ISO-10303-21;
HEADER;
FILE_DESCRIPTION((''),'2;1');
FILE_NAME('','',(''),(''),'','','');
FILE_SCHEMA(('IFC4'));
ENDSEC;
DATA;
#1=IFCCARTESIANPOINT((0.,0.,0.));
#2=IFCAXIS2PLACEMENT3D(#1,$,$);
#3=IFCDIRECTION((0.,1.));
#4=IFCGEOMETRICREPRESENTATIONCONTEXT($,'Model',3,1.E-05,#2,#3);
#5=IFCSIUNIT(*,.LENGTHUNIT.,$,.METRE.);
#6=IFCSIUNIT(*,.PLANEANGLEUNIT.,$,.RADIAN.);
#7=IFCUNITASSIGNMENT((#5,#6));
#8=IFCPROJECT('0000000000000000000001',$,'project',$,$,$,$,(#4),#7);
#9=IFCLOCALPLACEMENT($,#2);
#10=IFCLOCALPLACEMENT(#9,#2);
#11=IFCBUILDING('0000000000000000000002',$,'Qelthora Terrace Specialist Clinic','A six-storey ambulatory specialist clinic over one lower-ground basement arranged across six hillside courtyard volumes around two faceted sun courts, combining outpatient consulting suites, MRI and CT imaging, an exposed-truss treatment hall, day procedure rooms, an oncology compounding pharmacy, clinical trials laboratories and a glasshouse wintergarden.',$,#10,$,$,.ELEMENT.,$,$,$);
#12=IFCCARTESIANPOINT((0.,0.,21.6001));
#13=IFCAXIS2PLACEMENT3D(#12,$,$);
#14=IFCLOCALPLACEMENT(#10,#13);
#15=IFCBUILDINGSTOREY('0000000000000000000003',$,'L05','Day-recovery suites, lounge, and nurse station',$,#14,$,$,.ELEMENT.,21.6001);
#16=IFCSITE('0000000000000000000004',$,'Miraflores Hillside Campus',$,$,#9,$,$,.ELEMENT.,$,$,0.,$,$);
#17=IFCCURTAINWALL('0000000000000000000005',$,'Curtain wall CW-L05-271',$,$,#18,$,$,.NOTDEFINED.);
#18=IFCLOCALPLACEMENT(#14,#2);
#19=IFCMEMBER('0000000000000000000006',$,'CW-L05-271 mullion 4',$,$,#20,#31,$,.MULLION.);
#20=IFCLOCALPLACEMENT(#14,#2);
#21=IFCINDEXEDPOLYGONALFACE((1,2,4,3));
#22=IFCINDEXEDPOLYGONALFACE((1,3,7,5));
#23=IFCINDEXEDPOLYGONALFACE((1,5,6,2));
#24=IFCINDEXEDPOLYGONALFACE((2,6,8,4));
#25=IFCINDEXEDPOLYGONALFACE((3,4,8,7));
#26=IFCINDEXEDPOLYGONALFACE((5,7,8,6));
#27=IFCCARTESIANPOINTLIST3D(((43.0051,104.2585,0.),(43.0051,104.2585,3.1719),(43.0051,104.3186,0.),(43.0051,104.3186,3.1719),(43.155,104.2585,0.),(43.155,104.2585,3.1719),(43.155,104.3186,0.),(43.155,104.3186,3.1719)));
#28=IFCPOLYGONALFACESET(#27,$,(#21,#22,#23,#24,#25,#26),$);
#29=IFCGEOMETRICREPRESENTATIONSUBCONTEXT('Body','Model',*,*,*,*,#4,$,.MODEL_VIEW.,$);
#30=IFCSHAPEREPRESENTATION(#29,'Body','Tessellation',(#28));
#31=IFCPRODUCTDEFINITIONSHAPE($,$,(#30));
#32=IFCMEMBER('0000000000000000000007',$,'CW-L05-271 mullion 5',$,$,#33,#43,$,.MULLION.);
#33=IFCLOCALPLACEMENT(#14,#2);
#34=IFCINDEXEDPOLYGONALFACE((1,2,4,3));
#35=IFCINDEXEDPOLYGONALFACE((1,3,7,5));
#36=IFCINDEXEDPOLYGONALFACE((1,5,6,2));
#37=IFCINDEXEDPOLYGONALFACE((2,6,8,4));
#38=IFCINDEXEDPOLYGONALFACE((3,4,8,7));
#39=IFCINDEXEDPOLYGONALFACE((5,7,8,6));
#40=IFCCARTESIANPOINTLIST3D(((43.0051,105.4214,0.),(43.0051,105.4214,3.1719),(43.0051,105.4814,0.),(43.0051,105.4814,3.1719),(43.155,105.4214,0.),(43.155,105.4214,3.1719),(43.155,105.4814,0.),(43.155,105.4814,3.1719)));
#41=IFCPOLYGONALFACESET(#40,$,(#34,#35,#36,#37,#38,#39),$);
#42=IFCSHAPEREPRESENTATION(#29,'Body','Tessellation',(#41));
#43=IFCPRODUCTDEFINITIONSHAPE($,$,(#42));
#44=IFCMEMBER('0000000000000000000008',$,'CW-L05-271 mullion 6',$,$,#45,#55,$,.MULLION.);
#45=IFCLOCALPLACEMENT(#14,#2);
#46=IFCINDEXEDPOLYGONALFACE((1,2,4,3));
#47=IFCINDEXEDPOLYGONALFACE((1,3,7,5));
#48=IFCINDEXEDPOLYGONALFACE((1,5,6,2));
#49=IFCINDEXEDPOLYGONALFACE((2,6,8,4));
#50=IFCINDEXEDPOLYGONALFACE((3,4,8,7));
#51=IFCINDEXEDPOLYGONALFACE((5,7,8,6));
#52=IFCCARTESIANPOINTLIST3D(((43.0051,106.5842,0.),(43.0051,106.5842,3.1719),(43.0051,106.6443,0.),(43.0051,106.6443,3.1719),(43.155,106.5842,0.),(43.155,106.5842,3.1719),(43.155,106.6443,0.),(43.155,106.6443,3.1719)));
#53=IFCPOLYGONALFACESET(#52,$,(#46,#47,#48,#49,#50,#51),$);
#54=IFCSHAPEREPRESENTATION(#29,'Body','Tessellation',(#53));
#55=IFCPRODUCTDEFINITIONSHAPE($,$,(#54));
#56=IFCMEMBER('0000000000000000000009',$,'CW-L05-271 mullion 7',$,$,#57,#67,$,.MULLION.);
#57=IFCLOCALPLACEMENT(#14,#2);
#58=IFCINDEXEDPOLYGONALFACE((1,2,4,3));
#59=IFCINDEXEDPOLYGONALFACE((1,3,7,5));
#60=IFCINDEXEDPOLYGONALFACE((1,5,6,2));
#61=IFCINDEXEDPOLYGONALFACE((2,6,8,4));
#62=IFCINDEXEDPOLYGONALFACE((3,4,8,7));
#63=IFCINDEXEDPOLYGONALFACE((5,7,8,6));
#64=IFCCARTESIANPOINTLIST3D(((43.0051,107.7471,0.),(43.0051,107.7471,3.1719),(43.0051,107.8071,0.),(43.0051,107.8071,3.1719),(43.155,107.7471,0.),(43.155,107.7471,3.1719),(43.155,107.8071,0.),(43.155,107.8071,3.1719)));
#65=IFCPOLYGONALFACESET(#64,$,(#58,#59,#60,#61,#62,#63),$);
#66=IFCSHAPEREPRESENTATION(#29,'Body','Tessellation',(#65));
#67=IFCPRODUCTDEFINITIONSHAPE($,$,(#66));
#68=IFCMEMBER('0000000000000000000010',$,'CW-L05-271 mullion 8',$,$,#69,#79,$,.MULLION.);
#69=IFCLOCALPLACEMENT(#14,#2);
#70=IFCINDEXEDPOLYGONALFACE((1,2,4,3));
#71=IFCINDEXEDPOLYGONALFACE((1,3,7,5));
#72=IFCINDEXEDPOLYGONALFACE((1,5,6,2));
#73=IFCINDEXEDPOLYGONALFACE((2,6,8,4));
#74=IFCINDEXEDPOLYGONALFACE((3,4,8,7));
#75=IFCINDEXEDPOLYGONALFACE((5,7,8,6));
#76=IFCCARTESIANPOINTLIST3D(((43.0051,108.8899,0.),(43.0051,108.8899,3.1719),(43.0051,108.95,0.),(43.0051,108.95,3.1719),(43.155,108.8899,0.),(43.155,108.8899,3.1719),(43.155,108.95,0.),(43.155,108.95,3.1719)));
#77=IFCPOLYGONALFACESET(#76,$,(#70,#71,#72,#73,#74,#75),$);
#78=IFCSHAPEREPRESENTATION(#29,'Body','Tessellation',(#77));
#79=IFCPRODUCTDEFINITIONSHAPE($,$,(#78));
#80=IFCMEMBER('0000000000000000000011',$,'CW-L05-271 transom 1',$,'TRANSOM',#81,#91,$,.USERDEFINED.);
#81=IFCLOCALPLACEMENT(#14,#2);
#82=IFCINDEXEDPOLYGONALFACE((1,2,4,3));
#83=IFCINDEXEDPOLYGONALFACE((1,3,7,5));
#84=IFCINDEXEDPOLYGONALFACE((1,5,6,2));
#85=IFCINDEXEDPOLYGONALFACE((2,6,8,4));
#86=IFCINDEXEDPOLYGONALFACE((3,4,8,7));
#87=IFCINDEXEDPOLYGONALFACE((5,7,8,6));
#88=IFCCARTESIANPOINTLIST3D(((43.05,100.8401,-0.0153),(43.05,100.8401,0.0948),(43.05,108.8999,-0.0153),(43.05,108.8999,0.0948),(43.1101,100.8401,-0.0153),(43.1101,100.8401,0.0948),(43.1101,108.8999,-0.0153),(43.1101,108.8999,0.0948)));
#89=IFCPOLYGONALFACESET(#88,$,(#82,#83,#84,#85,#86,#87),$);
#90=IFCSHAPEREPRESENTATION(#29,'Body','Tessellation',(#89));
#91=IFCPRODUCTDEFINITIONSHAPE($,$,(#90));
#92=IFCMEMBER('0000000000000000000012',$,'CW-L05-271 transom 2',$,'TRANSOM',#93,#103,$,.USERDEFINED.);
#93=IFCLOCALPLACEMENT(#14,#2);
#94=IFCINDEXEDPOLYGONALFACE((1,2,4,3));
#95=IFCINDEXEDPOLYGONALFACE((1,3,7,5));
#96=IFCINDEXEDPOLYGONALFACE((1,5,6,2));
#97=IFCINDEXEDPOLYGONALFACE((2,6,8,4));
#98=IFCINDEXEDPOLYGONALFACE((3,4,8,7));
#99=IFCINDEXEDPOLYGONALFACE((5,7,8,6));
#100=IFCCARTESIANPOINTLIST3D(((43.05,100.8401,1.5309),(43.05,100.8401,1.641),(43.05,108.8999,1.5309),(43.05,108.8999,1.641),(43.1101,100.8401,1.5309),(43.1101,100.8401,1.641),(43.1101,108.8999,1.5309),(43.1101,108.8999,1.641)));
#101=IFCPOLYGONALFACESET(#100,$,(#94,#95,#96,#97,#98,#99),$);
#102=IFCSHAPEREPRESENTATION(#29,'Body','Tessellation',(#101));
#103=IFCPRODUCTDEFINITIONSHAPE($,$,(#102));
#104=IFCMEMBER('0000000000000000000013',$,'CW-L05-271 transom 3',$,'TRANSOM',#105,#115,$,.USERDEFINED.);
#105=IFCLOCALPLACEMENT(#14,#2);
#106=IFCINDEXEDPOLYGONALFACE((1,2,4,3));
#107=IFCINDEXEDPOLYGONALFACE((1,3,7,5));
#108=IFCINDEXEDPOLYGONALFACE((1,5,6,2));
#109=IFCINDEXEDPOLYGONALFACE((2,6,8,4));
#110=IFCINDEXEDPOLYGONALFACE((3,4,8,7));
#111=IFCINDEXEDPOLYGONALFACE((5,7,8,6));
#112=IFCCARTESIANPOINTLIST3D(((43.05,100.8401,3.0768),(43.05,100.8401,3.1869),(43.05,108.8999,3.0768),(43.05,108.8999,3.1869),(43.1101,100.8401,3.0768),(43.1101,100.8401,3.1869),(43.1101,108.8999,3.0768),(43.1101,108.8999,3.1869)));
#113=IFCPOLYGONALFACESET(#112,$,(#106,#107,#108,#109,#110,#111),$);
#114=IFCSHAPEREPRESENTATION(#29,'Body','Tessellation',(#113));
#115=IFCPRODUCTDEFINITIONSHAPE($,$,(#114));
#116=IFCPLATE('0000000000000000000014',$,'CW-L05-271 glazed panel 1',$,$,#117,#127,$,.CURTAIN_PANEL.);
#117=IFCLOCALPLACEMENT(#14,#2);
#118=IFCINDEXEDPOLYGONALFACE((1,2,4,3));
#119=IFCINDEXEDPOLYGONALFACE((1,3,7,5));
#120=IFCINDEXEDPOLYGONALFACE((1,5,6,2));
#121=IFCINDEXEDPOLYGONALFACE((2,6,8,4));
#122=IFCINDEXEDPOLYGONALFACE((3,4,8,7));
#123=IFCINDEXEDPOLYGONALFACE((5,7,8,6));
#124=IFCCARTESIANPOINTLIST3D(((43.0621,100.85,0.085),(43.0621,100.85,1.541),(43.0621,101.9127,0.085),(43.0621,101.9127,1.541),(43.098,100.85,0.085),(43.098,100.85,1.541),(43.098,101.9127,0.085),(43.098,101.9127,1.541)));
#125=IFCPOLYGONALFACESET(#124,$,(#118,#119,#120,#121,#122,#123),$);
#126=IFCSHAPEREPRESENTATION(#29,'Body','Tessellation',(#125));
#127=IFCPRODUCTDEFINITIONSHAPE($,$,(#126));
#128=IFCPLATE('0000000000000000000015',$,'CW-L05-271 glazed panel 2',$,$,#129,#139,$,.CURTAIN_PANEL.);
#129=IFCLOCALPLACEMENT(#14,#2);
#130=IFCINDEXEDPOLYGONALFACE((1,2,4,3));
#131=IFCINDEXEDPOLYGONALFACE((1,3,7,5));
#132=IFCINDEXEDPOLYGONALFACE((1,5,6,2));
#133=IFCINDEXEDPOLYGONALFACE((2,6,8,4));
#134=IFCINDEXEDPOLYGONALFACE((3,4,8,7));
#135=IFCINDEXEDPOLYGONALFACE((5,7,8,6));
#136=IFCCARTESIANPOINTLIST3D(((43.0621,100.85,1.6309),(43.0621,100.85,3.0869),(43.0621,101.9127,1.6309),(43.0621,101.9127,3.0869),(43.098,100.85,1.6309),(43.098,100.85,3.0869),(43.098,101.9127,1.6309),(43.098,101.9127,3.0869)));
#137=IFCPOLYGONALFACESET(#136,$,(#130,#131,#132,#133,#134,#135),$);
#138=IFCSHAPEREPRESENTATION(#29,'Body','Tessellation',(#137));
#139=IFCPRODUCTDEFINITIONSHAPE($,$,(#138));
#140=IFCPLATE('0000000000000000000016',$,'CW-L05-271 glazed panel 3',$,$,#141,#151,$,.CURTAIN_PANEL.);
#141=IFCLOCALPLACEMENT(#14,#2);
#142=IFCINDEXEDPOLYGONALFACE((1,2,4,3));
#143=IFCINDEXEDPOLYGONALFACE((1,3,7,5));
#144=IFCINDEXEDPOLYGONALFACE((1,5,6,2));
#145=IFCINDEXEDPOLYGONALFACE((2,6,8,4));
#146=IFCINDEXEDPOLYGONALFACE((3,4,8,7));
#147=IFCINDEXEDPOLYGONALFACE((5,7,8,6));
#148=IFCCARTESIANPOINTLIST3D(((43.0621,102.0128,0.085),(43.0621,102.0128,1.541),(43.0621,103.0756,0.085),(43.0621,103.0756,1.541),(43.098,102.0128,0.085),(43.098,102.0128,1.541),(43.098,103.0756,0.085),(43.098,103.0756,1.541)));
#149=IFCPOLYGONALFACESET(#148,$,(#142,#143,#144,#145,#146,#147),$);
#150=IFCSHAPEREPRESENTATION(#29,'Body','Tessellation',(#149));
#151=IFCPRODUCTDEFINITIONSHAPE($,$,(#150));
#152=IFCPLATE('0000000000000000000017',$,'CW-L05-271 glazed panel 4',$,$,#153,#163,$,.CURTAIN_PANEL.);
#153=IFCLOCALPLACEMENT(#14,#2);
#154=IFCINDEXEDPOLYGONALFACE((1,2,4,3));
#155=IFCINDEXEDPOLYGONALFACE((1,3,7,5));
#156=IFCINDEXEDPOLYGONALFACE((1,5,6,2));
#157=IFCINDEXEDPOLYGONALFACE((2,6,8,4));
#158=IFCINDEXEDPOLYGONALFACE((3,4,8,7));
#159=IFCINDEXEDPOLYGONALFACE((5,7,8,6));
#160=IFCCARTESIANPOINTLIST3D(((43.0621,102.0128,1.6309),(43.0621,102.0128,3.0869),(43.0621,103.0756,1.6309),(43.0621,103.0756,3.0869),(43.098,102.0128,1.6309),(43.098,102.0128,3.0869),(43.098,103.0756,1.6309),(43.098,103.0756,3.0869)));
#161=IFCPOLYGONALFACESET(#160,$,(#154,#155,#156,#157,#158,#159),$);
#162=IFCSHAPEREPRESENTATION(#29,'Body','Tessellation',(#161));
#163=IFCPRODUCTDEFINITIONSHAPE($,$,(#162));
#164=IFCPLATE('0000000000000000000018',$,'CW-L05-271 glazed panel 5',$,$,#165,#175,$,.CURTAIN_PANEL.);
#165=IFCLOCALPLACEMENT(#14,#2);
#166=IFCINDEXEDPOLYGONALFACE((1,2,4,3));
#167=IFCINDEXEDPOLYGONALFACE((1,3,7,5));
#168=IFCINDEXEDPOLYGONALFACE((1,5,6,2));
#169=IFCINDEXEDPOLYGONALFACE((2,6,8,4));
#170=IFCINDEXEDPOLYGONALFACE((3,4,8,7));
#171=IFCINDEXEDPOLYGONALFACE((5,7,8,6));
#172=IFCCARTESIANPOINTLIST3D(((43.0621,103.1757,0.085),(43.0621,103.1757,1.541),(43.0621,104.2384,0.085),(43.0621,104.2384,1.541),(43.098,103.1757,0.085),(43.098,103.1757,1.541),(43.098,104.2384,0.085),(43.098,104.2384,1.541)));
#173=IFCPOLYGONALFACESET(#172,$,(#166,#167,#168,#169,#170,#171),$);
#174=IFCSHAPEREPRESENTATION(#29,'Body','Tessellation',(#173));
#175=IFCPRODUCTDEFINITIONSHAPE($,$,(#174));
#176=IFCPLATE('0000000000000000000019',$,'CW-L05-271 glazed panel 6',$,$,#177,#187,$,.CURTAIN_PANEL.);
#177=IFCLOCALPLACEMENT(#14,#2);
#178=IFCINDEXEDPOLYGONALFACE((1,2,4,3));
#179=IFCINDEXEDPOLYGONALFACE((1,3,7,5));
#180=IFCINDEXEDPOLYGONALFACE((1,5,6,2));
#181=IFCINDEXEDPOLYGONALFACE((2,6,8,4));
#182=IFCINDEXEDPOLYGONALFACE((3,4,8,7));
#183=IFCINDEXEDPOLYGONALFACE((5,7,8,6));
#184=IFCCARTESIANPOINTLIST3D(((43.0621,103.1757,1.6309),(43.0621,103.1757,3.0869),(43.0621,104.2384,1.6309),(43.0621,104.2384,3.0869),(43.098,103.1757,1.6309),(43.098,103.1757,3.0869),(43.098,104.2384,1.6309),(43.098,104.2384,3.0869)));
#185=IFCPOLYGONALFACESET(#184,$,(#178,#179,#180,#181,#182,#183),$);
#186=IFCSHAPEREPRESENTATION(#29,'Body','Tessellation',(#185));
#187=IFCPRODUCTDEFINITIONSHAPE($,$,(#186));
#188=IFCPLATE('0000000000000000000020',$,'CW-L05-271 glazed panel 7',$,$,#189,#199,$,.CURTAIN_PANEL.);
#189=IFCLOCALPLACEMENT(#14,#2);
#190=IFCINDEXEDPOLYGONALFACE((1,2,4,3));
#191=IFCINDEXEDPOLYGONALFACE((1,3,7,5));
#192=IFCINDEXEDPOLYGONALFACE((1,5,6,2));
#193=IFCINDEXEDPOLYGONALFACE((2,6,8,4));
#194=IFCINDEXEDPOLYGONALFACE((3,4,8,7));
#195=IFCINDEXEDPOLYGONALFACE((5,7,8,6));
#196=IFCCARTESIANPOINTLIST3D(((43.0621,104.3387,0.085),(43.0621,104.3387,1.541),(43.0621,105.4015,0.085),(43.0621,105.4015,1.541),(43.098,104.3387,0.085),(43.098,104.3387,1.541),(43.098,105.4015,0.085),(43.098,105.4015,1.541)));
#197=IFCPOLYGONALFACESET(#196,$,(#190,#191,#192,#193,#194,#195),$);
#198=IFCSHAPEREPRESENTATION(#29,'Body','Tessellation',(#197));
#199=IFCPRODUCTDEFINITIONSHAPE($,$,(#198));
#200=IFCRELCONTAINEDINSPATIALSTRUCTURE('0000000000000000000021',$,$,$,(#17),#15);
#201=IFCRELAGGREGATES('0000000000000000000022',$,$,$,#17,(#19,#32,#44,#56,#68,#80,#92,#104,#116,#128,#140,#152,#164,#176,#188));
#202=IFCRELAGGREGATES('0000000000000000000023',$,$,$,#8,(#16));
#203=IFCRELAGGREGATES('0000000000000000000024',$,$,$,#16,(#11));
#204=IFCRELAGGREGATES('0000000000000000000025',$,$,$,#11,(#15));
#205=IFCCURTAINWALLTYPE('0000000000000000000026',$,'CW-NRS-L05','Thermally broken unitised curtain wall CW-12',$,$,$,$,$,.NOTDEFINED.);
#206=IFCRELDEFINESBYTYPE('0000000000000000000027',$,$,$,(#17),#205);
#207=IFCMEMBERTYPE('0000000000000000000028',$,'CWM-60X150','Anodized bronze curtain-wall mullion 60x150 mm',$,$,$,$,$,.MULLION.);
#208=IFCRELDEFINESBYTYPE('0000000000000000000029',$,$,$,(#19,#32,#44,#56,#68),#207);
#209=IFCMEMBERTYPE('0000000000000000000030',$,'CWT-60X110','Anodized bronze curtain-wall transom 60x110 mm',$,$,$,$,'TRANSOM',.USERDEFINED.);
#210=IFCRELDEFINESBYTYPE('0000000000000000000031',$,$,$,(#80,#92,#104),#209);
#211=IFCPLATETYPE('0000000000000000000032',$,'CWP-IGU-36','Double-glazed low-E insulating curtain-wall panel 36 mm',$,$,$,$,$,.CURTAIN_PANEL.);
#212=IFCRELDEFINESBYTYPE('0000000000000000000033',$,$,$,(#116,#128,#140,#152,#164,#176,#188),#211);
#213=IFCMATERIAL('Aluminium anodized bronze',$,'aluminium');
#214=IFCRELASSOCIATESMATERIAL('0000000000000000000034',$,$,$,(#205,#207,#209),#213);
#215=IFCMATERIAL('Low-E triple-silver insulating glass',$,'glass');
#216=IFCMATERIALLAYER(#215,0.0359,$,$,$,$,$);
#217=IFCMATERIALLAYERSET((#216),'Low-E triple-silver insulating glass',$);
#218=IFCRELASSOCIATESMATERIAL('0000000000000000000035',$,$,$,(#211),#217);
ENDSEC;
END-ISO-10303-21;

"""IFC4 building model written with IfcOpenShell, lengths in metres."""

from ifc_helpers import new_model, si_unit, direction, frame, origin, origin_2d, place, context, subcontext, project, spatial, rectangle, extrude, material, layer, layer_set, material_profile, profile_set, type_object, element, aggregate, save


model = new_model("IFC4")

# Units and contexts
model_context = context("Model", 3, precision=1e-05, world=origin(), true_north=direction((0.0, 1.0)))
body_context = subcontext(model_context, "Body", "Model", "MODEL_VIEW")
ifc_project = project(units=[si_unit("LENGTHUNIT", "METRE"), si_unit("PLANEANGLEUNIT", "RADIAN")], contexts=[model_context])

# Site, building, storey
site_placement = place(None, origin())
site = spatial("IfcSite", under=ifc_project, at=site_placement, Name="Miraflores Hillside Campus", CompositionType="ELEMENT", RefElevation=0.0)
building_placement = place(site_placement, origin())
building = spatial("IfcBuilding", under=site, at=building_placement, Name="Qelthora Terrace Specialist Clinic", Description="A six-storey ambulatory specialist clinic over one lower-ground basement arranged across six hillside courtyard volumes around two faceted sun courts, combining outpatient consulting suites, MRI and CT imaging, an exposed-truss treatment hall, day procedure rooms, an oncology compounding pharmacy, clinical trials laboratories and a glasshouse wintergarden.", CompositionType="ELEMENT")
storey_placement = place(building_placement, frame((0.0, 0.0, 21.6001)))
storey = spatial("IfcBuildingStorey", under=building, at=storey_placement, Name="L05", Description="Day-recovery suites, lounge, and nurse station", CompositionType="ELEMENT", Elevation=21.6001)

# Curtain wall, members, plates
ifc_material_1 = material(Name="Aluminium anodized bronze", Category="aluminium")
curtain_wall_type = type_object("IfcCurtainWallType", Name="CW-NRS-L05", Description="Thermally broken unitised curtain wall CW-12", PredefinedType="NOTDEFINED", material=ifc_material_1)
curtain_wall_placement = place(storey_placement, origin())
curtain_wall = element("IfcCurtainWall", 1, at=curtain_wall_placement, inside=storey, type_object=curtain_wall_type, Name="Curtain wall CW-L05-271", PredefinedType="NOTDEFINED")
ifc_material_profile_1 = material_profile(ifc_material_1, rectangle(XDim=0.0601, YDim=0.1499, at=origin_2d()), Name="CWM60X150")
ifc_profile_set_1 = profile_set([ifc_material_profile_1], Name="Aluminium anodized bronze")
member_type_1 = type_object("IfcMemberType", Name="CWM-60X150", Description="Anodized bronze curtain-wall mullion 60x150 mm", PredefinedType="MULLION", material=ifc_profile_set_1)
member_1_placement = place(storey_placement, frame((43.0801, 104.2886, 0.0), z_axis=(0.0, 0.0, 1.0), x_axis=(0.0, 1.0, 0.0)))
member_1 = element("IfcMember", 2, at=member_1_placement, type_object=member_type_1, Name="CW-L05-271 mullion 4", PredefinedType="MULLION", context=body_context, shape_type="SweptSolid", body=[
    extrude(rectangle(XDim=0.0601, YDim=0.1499, at=origin_2d()), origin(), (0.0, 0.0, 1.0), 3.1719),
])
member_2_placement = place(storey_placement, frame((43.0801, 105.4514, 0.0), z_axis=(0.0, 0.0, 1.0), x_axis=(0.0, 1.0, 0.0)))
member_2 = element("IfcMember", 3, at=member_2_placement, type_object=member_type_1, Name="CW-L05-271 mullion 5", PredefinedType="MULLION", context=body_context, shape_type="SweptSolid", body=[
    extrude(rectangle(XDim=0.0601, YDim=0.1499, at=origin_2d()), origin(), (0.0, 0.0, 1.0), 3.1719),
])
member_3_placement = place(storey_placement, frame((43.0801, 106.6143, 0.0), z_axis=(0.0, 0.0, 1.0), x_axis=(0.0, 1.0, 0.0)))
member_3 = element("IfcMember", 4, at=member_3_placement, type_object=member_type_1, Name="CW-L05-271 mullion 6", PredefinedType="MULLION", context=body_context, shape_type="SweptSolid", body=[
    extrude(rectangle(XDim=0.0601, YDim=0.1499, at=origin_2d()), origin(), (0.0, 0.0, 1.0), 3.1719),
])
member_4_placement = place(storey_placement, frame((43.0801, 107.7771, 0.0), z_axis=(0.0, 0.0, 1.0), x_axis=(0.0, 1.0, 0.0)))
member_4 = element("IfcMember", 5, at=member_4_placement, type_object=member_type_1, Name="CW-L05-271 mullion 7", PredefinedType="MULLION", context=body_context, shape_type="SweptSolid", body=[
    extrude(rectangle(XDim=0.0601, YDim=0.1499, at=origin_2d()), origin(), (0.0, 0.0, 1.0), 3.1719),
])
member_5_placement = place(storey_placement, frame((43.0801, 108.9199, 0.0), z_axis=(0.0, 0.0, 1.0), x_axis=(0.0, 1.0, 0.0)))
member_5 = element("IfcMember", 6, at=member_5_placement, type_object=member_type_1, Name="CW-L05-271 mullion 8", PredefinedType="MULLION", context=body_context, shape_type="SweptSolid", body=[
    extrude(rectangle(XDim=0.0601, YDim=0.1499, at=origin_2d()), origin(), (0.0, 0.0, 1.0), 3.1719),
])
ifc_material_profile_2 = material_profile(ifc_material_1, rectangle(XDim=0.0601, YDim=0.1101, at=origin_2d()), Name="CWT60X110")
ifc_profile_set_2 = profile_set([ifc_material_profile_2], Name="Aluminium anodized bronze")
member_type_2 = type_object("IfcMemberType", Name="CWT-60X110", Description="Anodized bronze curtain-wall transom 60x110 mm", ElementType="TRANSOM", PredefinedType="USERDEFINED", material=ifc_profile_set_2)
member_6_placement = place(storey_placement, frame((43.0801, 100.8401, 0.0398), z_axis=(0.0, 1.0, 0.0), x_axis=(-1.0, 0.0, 0.0)))
member_6 = element("IfcMember", 7, at=member_6_placement, type_object=member_type_2, Name="CW-L05-271 transom 1", ObjectType="TRANSOM", PredefinedType="USERDEFINED", context=body_context, shape_type="SweptSolid", body=[
    extrude(rectangle(XDim=0.0601, YDim=0.1101, at=origin_2d()), origin(), (0.0, 0.0, 1.0), 8.0598),
])
member_7_placement = place(storey_placement, frame((43.0801, 100.8401, 1.5859), z_axis=(0.0, 1.0, 0.0), x_axis=(-1.0, 0.0, 0.0)))
member_7 = element("IfcMember", 8, at=member_7_placement, type_object=member_type_2, Name="CW-L05-271 transom 2", ObjectType="TRANSOM", PredefinedType="USERDEFINED", context=body_context, shape_type="SweptSolid", body=[
    extrude(rectangle(XDim=0.0601, YDim=0.1101, at=origin_2d()), origin(), (0.0, 0.0, 1.0), 8.0598),
])
member_8_placement = place(storey_placement, frame((43.0801, 100.8401, 3.1318), z_axis=(0.0, 1.0, 0.0), x_axis=(-1.0, 0.0, 0.0)))
member_8 = element("IfcMember", 9, at=member_8_placement, type_object=member_type_2, Name="CW-L05-271 transom 3", ObjectType="TRANSOM", PredefinedType="USERDEFINED", context=body_context, shape_type="SweptSolid", body=[
    extrude(rectangle(XDim=0.0601, YDim=0.1101, at=origin_2d()), origin(), (0.0, 0.0, 1.0), 8.0598),
])
ifc_material_2 = material(Name="Low-E triple-silver insulating glass", Category="glass")
ifc_layer = layer(ifc_material_2, 0.0359)
ifc_layer_set = layer_set([ifc_layer], Name="Low-E triple-silver insulating glass")
plate_type = type_object("IfcPlateType", Name="CWP-IGU-36", Description="Double-glazed low-E insulating curtain-wall panel 36 mm", PredefinedType="CURTAIN_PANEL", material=ifc_layer_set)
plate_1_placement = place(storey_placement, frame((43.0801, 101.3813, 0.085), z_axis=(0.0, 0.0, 1.0), x_axis=(0.0, 1.0, 0.0)))
plate_1 = element("IfcPlate", 10, at=plate_1_placement, type_object=plate_type, Name="CW-L05-271 glazed panel 1", PredefinedType="CURTAIN_PANEL", context=body_context, shape_type="SweptSolid", body=[
    extrude(rectangle(XDim=1.0627, YDim=0.0359, at=origin_2d()), origin(), (0.0, 0.0, 1.0), 1.4561),
])
plate_2_placement = place(storey_placement, frame((43.0801, 101.3813, 1.6309), z_axis=(0.0, 0.0, 1.0), x_axis=(0.0, 1.0, 0.0)))
plate_2 = element("IfcPlate", 11, at=plate_2_placement, type_object=plate_type, Name="CW-L05-271 glazed panel 2", PredefinedType="CURTAIN_PANEL", context=body_context, shape_type="SweptSolid", body=[
    extrude(rectangle(XDim=1.0627, YDim=0.0359, at=origin_2d()), origin(), (0.0, 0.0, 1.0), 1.4561),
])
plate_3_placement = place(storey_placement, frame((43.0801, 102.5442, 0.085), z_axis=(0.0, 0.0, 1.0), x_axis=(0.0, 1.0, 0.0)))
plate_3 = element("IfcPlate", 12, at=plate_3_placement, type_object=plate_type, Name="CW-L05-271 glazed panel 3", PredefinedType="CURTAIN_PANEL", context=body_context, shape_type="SweptSolid", body=[
    extrude(rectangle(XDim=1.0627, YDim=0.0359, at=origin_2d()), origin(), (0.0, 0.0, 1.0), 1.4561),
])
plate_4_placement = place(storey_placement, frame((43.0801, 102.5442, 1.6309), z_axis=(0.0, 0.0, 1.0), x_axis=(0.0, 1.0, 0.0)))
plate_4 = element("IfcPlate", 13, at=plate_4_placement, type_object=plate_type, Name="CW-L05-271 glazed panel 4", PredefinedType="CURTAIN_PANEL", context=body_context, shape_type="SweptSolid", body=[
    extrude(rectangle(XDim=1.0627, YDim=0.0359, at=origin_2d()), origin(), (0.0, 0.0, 1.0), 1.4561),
])
plate_5_placement = place(storey_placement, frame((43.0801, 103.707, 0.085), z_axis=(0.0, 0.0, 1.0), x_axis=(0.0, 1.0, 0.0)))
plate_5 = element("IfcPlate", 14, at=plate_5_placement, type_object=plate_type, Name="CW-L05-271 glazed panel 5", PredefinedType="CURTAIN_PANEL", context=body_context, shape_type="SweptSolid", body=[
    extrude(rectangle(XDim=1.0627, YDim=0.0359, at=origin_2d()), origin(), (0.0, 0.0, 1.0), 1.4561),
])
plate_6_placement = place(storey_placement, frame((43.0801, 103.707, 1.6309), z_axis=(0.0, 0.0, 1.0), x_axis=(0.0, 1.0, 0.0)))
plate_6 = element("IfcPlate", 15, at=plate_6_placement, type_object=plate_type, Name="CW-L05-271 glazed panel 6", PredefinedType="CURTAIN_PANEL", context=body_context, shape_type="SweptSolid", body=[
    extrude(rectangle(XDim=1.0627, YDim=0.0359, at=origin_2d()), origin(), (0.0, 0.0, 1.0), 1.4561),
])
plate_7_placement = place(storey_placement, frame((43.0801, 104.8701, 0.085), z_axis=(0.0, 0.0, 1.0), x_axis=(0.0, 1.0, 0.0)))
plate_7 = element("IfcPlate", 16, at=plate_7_placement, type_object=plate_type, Name="CW-L05-271 glazed panel 7", PredefinedType="CURTAIN_PANEL", context=body_context, shape_type="SweptSolid", body=[
    extrude(rectangle(XDim=1.0627, YDim=0.0359, at=origin_2d()), origin(), (0.0, 0.0, 1.0), 1.4561),
])
aggregate(curtain_wall, [member_1, member_2, member_3, member_4, member_5, member_6, member_7, member_8, plate_1, plate_2, plate_3, plate_4, plate_5, plate_6, plate_7])

save(model, "model.ifc")
